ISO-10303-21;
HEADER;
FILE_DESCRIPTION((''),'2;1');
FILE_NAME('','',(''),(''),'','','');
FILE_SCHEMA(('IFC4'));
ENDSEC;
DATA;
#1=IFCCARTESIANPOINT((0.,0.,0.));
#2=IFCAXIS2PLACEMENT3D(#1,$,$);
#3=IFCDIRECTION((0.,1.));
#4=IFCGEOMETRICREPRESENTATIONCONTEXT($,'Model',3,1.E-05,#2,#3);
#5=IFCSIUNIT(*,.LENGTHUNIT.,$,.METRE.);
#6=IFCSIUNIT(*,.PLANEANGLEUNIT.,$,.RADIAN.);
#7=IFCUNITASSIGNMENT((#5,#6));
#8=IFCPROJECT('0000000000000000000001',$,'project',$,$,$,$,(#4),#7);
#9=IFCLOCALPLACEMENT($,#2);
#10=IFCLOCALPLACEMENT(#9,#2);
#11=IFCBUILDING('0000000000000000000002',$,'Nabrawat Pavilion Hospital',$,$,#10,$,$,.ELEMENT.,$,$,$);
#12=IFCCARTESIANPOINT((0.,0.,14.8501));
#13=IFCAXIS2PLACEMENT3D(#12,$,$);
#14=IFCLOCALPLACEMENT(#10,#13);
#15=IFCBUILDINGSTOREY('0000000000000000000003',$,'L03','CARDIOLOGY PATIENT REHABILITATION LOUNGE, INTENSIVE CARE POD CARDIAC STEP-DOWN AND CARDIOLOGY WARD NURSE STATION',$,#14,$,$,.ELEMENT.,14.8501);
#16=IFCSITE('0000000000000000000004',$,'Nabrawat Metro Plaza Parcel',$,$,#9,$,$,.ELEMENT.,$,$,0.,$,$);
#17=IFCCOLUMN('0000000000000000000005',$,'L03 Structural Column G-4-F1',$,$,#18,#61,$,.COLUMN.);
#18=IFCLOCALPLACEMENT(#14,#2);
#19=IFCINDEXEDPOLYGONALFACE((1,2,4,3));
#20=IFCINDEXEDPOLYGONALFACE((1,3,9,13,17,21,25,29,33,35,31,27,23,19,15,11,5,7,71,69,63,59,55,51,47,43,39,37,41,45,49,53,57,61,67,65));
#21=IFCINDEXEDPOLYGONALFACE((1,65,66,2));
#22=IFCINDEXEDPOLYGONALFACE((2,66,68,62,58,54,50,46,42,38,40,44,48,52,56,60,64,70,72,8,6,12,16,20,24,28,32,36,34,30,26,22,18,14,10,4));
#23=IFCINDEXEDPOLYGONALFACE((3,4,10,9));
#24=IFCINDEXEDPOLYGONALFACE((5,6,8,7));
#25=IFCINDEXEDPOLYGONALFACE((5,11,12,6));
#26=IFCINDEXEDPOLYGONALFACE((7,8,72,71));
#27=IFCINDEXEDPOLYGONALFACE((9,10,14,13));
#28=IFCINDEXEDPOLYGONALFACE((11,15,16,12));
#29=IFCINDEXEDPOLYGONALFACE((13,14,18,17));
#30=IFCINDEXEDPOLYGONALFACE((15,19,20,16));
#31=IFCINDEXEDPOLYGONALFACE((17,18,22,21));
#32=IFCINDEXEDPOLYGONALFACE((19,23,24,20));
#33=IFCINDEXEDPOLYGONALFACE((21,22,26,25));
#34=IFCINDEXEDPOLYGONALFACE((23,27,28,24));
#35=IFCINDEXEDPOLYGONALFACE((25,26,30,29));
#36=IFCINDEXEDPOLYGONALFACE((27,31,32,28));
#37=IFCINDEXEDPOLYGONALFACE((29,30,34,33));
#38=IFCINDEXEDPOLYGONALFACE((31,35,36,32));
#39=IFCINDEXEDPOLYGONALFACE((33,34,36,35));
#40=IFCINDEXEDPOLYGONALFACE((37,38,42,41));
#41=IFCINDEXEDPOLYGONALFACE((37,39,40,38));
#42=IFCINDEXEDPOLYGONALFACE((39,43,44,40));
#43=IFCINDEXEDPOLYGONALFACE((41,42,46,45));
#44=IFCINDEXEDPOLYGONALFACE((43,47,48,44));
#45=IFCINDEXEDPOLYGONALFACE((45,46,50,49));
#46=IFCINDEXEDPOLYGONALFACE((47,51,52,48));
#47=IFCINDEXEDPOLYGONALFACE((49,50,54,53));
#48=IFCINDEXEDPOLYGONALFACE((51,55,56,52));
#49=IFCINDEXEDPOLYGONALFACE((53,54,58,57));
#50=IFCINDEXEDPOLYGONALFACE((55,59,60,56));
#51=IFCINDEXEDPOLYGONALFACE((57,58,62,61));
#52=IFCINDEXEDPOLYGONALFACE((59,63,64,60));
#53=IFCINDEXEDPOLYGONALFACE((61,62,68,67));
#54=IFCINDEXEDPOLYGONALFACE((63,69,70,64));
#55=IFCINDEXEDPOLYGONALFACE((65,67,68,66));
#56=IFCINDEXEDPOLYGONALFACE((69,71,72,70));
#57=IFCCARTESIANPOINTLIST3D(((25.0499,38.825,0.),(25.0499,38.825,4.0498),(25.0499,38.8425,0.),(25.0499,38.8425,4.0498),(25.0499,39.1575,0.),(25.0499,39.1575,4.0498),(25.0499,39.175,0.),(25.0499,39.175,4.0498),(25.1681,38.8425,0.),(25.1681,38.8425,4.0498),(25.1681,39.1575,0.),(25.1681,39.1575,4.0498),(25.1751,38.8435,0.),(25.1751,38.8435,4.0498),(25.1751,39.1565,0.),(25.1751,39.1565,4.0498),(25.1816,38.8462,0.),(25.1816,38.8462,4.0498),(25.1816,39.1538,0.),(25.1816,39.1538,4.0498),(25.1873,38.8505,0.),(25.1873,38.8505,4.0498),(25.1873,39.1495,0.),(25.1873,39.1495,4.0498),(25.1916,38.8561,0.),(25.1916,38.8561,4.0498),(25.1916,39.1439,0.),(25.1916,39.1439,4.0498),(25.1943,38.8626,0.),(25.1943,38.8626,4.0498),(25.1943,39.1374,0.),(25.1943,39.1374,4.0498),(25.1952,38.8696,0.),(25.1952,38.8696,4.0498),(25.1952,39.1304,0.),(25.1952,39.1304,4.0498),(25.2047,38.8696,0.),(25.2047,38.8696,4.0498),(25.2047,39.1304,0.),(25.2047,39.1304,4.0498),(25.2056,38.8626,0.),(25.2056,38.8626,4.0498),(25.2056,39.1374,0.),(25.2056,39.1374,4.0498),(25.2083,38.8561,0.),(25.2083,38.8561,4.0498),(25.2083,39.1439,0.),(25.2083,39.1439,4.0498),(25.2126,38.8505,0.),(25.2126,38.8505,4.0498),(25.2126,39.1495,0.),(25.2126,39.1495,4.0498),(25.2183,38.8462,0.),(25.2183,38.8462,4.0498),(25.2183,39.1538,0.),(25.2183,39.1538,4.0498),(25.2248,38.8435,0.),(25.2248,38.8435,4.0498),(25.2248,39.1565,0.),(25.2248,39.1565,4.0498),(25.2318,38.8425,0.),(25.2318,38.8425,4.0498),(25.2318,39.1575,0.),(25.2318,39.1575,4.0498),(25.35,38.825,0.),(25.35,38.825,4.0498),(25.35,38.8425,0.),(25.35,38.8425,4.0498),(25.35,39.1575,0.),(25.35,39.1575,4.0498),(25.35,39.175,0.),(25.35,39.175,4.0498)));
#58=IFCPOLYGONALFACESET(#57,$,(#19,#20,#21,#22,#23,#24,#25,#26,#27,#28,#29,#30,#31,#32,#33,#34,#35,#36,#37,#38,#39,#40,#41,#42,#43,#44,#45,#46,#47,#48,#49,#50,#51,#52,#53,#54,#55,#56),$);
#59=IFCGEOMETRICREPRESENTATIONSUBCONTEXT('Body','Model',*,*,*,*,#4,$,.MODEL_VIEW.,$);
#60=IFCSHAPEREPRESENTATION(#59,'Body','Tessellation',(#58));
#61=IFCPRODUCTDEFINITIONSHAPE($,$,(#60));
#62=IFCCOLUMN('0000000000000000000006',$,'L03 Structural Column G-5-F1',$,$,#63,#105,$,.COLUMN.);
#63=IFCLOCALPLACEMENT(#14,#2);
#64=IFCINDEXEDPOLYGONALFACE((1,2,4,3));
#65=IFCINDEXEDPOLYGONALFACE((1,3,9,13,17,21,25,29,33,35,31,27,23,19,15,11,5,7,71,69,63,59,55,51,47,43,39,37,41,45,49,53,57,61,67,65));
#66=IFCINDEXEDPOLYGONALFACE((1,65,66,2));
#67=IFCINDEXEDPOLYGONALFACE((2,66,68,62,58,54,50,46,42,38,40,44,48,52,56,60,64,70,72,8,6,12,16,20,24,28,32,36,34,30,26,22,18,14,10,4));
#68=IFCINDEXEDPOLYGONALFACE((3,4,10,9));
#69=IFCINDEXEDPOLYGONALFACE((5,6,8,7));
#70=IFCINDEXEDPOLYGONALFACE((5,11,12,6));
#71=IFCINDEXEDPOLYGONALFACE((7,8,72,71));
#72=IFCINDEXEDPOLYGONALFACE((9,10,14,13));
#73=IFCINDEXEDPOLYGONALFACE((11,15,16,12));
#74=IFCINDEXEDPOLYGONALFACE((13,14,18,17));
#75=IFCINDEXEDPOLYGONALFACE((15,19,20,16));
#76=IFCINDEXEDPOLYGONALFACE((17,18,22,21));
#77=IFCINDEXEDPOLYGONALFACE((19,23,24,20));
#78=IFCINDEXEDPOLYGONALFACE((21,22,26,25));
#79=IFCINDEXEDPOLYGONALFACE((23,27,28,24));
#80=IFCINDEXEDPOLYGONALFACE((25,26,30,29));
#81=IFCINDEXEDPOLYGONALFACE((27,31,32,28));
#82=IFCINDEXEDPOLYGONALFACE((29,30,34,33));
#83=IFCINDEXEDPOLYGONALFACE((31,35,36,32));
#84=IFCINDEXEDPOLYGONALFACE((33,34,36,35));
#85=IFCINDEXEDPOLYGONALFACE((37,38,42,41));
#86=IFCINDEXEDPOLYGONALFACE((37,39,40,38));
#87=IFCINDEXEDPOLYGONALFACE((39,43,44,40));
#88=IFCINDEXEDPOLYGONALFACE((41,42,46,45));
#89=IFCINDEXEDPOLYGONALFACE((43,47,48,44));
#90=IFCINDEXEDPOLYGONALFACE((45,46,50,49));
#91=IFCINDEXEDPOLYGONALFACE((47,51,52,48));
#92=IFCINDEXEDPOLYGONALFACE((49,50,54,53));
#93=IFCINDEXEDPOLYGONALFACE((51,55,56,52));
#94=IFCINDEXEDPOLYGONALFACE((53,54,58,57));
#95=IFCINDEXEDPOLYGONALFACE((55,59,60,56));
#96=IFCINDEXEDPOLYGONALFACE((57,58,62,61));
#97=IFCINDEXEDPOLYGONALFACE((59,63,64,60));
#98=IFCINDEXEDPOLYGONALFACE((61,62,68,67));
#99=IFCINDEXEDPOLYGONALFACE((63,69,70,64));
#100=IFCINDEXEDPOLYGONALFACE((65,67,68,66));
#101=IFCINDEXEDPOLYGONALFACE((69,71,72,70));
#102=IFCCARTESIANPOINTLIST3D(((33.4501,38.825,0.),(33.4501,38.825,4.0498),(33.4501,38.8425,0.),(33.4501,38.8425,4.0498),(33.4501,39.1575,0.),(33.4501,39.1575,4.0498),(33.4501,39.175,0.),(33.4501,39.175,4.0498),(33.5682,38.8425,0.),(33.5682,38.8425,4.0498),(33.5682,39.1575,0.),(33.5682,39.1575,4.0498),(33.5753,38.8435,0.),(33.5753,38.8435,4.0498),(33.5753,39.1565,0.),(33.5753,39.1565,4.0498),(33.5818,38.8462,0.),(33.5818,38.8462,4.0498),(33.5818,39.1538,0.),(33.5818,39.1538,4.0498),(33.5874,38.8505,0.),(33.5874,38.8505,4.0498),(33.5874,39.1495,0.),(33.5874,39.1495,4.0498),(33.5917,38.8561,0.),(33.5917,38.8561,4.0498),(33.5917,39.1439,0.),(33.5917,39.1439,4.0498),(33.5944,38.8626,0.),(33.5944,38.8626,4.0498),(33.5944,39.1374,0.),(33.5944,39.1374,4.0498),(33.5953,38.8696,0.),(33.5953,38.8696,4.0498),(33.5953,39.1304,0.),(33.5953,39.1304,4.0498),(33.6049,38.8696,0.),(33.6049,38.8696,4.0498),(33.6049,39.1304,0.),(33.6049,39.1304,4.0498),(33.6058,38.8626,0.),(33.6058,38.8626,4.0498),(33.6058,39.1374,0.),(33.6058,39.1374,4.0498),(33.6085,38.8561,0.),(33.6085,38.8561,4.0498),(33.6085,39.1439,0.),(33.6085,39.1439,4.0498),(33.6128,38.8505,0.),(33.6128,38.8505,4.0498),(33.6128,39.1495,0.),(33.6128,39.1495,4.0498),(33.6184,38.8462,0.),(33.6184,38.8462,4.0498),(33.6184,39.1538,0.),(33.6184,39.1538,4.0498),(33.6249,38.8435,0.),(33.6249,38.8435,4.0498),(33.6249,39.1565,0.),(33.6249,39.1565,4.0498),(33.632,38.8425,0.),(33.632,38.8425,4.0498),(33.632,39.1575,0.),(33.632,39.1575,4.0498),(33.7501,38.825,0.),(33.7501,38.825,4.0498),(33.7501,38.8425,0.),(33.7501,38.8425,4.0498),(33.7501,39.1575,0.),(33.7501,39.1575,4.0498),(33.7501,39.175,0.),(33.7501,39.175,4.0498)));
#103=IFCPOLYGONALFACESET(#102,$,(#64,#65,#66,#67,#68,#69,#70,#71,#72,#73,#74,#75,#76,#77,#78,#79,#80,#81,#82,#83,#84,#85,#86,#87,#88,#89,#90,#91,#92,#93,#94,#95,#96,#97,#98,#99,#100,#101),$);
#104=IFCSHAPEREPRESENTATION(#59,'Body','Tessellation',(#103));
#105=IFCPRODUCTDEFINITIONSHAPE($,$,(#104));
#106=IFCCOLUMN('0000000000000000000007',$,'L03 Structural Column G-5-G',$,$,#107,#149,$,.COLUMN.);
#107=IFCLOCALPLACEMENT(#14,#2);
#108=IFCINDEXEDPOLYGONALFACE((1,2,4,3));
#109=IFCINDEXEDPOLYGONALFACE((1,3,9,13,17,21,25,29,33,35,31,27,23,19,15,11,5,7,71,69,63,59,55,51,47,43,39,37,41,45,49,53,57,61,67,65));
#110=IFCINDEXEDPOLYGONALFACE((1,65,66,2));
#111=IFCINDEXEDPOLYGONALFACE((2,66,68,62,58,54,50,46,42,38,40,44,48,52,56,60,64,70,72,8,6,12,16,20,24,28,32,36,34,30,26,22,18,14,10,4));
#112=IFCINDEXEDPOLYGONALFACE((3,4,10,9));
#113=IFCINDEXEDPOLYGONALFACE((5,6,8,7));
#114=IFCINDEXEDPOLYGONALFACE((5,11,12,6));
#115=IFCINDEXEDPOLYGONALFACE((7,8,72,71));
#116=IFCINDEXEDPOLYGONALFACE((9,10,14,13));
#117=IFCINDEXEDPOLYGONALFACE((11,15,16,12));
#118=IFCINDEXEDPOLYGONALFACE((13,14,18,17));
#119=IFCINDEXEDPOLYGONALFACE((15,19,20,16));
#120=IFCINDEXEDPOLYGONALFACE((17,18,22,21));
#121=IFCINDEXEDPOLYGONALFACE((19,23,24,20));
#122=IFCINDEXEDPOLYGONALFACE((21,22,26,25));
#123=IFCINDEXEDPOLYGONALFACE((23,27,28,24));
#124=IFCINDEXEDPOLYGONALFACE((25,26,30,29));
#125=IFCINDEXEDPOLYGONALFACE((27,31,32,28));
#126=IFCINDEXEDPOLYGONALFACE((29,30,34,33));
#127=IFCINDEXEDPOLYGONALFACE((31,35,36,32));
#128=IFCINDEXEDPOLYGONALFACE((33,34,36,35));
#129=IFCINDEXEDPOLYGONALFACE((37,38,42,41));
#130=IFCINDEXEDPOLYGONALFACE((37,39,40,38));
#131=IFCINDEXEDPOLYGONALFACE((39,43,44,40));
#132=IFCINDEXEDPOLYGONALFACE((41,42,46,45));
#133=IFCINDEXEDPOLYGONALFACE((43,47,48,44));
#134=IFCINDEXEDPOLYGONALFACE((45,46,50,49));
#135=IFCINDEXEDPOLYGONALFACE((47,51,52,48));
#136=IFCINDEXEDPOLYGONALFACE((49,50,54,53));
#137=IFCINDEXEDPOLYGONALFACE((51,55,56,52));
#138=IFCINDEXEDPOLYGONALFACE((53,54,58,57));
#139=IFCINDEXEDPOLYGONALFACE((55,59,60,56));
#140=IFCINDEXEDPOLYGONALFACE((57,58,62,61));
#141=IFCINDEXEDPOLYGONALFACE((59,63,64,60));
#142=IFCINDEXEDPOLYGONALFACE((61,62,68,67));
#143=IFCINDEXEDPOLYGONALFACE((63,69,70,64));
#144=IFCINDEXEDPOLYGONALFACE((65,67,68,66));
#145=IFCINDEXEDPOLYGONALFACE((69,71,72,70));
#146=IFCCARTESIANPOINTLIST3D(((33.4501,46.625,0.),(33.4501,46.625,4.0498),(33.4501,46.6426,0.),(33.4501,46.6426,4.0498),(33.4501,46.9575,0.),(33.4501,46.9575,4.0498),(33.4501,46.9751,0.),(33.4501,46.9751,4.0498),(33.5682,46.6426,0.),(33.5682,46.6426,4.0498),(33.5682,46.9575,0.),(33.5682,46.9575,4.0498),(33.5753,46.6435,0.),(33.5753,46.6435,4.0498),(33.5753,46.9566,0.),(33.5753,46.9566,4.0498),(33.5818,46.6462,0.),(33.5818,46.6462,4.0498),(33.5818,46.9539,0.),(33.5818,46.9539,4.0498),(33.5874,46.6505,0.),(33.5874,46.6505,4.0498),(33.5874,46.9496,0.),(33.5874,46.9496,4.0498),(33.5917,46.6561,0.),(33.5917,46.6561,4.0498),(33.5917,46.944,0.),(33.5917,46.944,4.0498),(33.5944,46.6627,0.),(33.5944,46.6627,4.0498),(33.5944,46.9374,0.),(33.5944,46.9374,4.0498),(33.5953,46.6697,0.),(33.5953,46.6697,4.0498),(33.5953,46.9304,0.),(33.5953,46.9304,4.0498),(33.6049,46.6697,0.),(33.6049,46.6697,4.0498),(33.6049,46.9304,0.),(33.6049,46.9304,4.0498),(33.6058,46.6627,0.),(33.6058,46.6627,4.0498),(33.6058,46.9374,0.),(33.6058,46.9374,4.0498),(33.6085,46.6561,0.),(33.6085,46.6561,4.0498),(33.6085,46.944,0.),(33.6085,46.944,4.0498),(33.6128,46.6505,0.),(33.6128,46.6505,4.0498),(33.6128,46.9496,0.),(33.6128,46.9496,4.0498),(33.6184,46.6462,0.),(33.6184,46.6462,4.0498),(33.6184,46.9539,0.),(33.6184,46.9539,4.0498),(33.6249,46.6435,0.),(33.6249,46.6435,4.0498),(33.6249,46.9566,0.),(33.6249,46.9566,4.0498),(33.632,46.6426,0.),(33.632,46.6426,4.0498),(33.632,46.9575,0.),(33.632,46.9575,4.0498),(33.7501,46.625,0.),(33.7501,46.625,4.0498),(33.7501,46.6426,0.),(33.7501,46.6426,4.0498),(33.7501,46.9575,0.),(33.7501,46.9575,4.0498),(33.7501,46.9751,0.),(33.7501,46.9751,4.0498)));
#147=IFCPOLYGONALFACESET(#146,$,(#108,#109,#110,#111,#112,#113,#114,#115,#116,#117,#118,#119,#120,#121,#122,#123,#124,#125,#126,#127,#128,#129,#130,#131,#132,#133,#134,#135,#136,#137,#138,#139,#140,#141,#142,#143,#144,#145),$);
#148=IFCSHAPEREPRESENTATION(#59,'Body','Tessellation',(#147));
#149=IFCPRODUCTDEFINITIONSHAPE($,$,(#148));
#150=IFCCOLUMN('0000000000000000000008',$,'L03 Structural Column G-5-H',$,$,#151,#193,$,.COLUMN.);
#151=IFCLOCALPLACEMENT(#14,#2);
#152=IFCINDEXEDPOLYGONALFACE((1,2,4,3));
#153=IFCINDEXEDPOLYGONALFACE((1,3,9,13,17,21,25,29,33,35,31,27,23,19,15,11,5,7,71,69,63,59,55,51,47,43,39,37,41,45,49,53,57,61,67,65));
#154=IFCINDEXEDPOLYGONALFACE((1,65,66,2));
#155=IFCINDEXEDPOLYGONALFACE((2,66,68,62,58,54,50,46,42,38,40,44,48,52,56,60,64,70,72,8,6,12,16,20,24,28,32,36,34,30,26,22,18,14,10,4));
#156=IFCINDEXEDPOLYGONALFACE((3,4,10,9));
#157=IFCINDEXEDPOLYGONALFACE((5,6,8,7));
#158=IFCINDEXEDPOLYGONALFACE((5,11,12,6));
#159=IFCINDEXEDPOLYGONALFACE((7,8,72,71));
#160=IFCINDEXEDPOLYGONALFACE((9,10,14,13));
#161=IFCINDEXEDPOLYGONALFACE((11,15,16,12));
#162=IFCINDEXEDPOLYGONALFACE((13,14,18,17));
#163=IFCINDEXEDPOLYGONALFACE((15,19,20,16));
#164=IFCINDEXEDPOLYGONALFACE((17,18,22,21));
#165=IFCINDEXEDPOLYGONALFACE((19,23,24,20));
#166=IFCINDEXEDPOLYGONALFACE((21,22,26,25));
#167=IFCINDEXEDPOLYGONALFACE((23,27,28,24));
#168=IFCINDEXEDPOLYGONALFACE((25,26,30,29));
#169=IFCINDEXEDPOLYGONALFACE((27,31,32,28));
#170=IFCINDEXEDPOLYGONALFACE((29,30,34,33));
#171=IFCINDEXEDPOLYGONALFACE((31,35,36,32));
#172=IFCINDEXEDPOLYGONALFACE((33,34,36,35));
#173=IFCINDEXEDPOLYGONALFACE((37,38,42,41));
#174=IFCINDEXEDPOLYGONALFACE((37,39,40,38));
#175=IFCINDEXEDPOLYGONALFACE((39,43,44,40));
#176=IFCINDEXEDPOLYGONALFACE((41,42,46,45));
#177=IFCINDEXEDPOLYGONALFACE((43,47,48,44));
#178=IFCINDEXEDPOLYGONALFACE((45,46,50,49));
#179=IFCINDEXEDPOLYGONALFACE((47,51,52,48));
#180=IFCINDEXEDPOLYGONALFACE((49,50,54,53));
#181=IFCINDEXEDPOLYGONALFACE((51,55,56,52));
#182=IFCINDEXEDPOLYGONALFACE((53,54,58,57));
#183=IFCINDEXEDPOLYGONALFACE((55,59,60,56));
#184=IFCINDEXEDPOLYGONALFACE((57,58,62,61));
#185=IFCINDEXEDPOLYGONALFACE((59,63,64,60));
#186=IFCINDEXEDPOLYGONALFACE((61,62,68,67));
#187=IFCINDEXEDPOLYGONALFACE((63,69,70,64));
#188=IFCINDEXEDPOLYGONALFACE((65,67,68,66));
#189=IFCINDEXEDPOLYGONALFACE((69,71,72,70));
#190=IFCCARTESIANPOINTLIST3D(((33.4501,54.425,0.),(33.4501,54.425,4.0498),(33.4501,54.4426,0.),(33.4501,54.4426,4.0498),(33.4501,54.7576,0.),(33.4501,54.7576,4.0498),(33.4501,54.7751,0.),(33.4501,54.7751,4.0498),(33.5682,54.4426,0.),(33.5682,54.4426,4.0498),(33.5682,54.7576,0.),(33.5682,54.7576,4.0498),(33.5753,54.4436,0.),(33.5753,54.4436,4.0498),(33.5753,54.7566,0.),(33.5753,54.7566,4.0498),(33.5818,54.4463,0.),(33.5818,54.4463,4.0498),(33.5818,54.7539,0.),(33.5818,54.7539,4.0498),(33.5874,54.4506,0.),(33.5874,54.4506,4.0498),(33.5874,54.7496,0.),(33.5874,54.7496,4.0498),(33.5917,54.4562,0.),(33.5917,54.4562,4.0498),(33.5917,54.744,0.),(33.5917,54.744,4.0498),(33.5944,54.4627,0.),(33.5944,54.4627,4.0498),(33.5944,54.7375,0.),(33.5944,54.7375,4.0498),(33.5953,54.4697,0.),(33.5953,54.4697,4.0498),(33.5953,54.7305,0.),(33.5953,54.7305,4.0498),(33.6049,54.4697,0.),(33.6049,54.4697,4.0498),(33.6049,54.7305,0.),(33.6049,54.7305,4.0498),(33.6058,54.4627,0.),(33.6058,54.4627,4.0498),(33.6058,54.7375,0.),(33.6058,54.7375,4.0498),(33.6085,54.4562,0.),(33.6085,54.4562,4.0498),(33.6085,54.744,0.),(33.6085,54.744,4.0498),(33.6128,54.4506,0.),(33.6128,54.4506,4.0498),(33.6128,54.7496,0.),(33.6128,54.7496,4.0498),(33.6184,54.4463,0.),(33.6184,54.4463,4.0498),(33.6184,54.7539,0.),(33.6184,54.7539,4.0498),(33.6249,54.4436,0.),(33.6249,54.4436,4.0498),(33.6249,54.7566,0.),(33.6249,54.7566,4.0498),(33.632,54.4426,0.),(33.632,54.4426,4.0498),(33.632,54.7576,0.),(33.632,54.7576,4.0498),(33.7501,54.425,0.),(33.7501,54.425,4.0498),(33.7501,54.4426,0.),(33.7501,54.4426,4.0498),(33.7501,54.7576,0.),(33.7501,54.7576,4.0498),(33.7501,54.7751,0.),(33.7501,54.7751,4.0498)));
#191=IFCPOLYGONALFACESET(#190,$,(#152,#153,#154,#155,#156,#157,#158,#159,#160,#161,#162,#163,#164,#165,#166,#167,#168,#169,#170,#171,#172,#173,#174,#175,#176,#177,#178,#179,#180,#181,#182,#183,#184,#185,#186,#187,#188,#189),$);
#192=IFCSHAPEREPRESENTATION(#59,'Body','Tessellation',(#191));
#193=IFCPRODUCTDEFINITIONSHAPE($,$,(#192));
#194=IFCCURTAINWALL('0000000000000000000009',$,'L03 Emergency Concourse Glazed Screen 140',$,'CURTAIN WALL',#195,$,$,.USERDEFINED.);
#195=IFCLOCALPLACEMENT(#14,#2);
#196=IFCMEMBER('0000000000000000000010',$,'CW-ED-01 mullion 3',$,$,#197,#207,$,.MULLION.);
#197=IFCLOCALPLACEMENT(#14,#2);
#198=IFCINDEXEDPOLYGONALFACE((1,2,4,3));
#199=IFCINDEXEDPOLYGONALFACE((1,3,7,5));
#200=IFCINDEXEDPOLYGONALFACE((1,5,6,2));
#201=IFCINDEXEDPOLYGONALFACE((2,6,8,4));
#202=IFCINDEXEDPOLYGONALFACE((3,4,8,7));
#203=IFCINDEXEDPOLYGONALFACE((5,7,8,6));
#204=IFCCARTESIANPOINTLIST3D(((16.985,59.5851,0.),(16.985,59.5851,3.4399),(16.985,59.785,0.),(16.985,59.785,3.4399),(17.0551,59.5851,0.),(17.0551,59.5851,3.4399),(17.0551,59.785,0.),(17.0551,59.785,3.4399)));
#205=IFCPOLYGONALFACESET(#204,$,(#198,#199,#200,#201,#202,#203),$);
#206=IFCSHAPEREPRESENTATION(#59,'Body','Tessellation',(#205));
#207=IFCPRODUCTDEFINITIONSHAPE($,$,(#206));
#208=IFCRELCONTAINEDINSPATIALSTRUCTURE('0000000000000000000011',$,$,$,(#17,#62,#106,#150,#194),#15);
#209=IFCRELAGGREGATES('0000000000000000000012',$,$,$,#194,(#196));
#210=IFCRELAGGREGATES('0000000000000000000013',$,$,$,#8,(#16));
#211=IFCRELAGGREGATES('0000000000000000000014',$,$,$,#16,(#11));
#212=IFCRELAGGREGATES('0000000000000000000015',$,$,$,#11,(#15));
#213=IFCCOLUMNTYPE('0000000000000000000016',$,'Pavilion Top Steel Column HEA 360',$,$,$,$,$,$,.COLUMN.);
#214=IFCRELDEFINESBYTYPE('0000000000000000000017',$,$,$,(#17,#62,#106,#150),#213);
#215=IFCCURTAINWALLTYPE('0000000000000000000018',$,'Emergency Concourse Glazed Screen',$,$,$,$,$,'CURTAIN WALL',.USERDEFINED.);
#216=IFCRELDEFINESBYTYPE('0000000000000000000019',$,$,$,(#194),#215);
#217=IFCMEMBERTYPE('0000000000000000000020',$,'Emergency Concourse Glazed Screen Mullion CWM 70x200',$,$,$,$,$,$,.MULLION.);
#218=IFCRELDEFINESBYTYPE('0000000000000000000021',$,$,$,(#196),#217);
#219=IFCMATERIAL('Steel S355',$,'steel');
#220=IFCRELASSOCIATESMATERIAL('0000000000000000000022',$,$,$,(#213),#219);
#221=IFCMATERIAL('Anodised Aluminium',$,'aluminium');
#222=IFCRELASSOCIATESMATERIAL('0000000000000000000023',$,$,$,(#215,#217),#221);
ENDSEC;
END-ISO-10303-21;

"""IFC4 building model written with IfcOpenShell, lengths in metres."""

from ifc_helpers import new_model, si_unit, direction, frame, origin, origin_2d, place, context, subcontext, project, spatial, rectangle, i_section, extrude, material, material_profile, profile_set, type_object, element, aggregate, save


model = new_model("IFC4")

# Units and contexts
model_context = context("Model", 3, precision=1e-05, world=origin(), true_north=direction((0.0, 1.0)))
body_context = subcontext(model_context, "Body", "Model", "MODEL_VIEW")
ifc_project = project(units=[si_unit("LENGTHUNIT", "METRE"), si_unit("PLANEANGLEUNIT", "RADIAN")], contexts=[model_context])

# Site, building, storey
site_placement = place(None, origin())
site = spatial("IfcSite", under=ifc_project, at=site_placement, Name="Nabrawat Metro Plaza Parcel", CompositionType="ELEMENT", RefElevation=0.0)
building_placement = place(site_placement, origin())
building = spatial("IfcBuilding", under=site, at=building_placement, Name="Nabrawat Pavilion Hospital", CompositionType="ELEMENT")
storey_placement = place(building_placement, frame((0.0, 0.0, 14.8501)))
storey = spatial("IfcBuildingStorey", under=building, at=storey_placement, Name="L03", Description="CARDIOLOGY PATIENT REHABILITATION LOUNGE, INTENSIVE CARE POD CARDIAC STEP-DOWN AND CARDIOLOGY WARD NURSE STATION", CompositionType="ELEMENT", Elevation=14.8501)

# Columns
ifc_material_1 = material(Name="Steel S355", Category="steel")
ifc_material_profile_1 = material_profile(ifc_material_1, i_section(OverallWidth=0.3, OverallDepth=0.3501, WebThickness=0.0095, FlangeThickness=0.0176, FilletRadius=0.0271, at=origin_2d()), Name="HEA 360")
ifc_profile_set_1 = profile_set([ifc_material_profile_1], Name="Steel S355")
column_type = type_object("IfcColumnType", Name="Pavilion Top Steel Column HEA 360", PredefinedType="COLUMN", material=ifc_profile_set_1)
for number, where, z_axis, x_axis, name in (
    (1, (25.2, 39.0, 0.0), (0.0, 0.0, 1.0), (1.0, 0.0, 0.0), "L03 Structural Column G-4-F1"),
    (2, (33.6001, 39.0, 0.0), (0.0, 0.0, 1.0), (1.0, 0.0, 0.0), "L03 Structural Column G-5-F1"),
    (3, (33.6001, 46.8, 0.0), (0.0, 0.0, 1.0), (1.0, 0.0, 0.0), "L03 Structural Column G-5-G"),
    (4, (33.6001, 54.6001, 0.0), (0.0, 0.0, 1.0), (1.0, 0.0, 0.0), "L03 Structural Column G-5-H"),
):
    element("IfcColumn", number, at=place(storey_placement, frame(where, z_axis=z_axis, x_axis=x_axis)), inside=storey, type_object=column_type, Name=name, PredefinedType="COLUMN", context=body_context, shape_type="SweptSolid", body=[
        extrude(i_section(OverallWidth=0.3, OverallDepth=0.3501, WebThickness=0.0095, FlangeThickness=0.0176, FilletRadius=0.0271, at=origin_2d()), origin(), (0.0, 0.0, 1.0), 4.0498),
    ])

# Curtain wall, member
ifc_material_2 = material(Name="Anodised Aluminium", Category="aluminium")
curtain_wall_type = type_object("IfcCurtainWallType", Name="Emergency Concourse Glazed Screen", ElementType="CURTAIN WALL", PredefinedType="USERDEFINED", material=ifc_material_2)
curtain_wall_1_placement = place(storey_placement, origin())
curtain_wall_1 = element("IfcCurtainWall", 5, at=curtain_wall_1_placement, inside=storey, type_object=curtain_wall_type, Name="L03 Emergency Concourse Glazed Screen 140", ObjectType="CURTAIN WALL", PredefinedType="USERDEFINED")
ifc_material_profile_2 = material_profile(ifc_material_2, rectangle(XDim=0.0701, YDim=0.2, at=origin_2d()), Name="CWM 70x200")
ifc_profile_set_2 = profile_set([ifc_material_profile_2], Name="Anodised Aluminium")
member_type_1 = type_object("IfcMemberType", Name="Emergency Concourse Glazed Screen Mullion CWM 70x200", PredefinedType="MULLION", material=ifc_profile_set_2)
member_1_placement = place(storey_placement, frame((17.02, 59.6851, 0.0), z_axis=(0.0, 0.0, 1.0), x_axis=(-1.0, 0.0, 0.0)))
member_1 = element("IfcMember", 6, at=member_1_placement, type_object=member_type_1, Name="CW-ED-01 mullion 3", PredefinedType="MULLION", context=body_context, shape_type="SweptSolid", body=[
    extrude(rectangle(XDim=0.0701, YDim=0.2, at=origin_2d()), origin(), (0.0, 0.0, 1.0), 3.4399),
])

aggregate(curtain_wall_1, [member_1])

save(model, "model.ifc")
